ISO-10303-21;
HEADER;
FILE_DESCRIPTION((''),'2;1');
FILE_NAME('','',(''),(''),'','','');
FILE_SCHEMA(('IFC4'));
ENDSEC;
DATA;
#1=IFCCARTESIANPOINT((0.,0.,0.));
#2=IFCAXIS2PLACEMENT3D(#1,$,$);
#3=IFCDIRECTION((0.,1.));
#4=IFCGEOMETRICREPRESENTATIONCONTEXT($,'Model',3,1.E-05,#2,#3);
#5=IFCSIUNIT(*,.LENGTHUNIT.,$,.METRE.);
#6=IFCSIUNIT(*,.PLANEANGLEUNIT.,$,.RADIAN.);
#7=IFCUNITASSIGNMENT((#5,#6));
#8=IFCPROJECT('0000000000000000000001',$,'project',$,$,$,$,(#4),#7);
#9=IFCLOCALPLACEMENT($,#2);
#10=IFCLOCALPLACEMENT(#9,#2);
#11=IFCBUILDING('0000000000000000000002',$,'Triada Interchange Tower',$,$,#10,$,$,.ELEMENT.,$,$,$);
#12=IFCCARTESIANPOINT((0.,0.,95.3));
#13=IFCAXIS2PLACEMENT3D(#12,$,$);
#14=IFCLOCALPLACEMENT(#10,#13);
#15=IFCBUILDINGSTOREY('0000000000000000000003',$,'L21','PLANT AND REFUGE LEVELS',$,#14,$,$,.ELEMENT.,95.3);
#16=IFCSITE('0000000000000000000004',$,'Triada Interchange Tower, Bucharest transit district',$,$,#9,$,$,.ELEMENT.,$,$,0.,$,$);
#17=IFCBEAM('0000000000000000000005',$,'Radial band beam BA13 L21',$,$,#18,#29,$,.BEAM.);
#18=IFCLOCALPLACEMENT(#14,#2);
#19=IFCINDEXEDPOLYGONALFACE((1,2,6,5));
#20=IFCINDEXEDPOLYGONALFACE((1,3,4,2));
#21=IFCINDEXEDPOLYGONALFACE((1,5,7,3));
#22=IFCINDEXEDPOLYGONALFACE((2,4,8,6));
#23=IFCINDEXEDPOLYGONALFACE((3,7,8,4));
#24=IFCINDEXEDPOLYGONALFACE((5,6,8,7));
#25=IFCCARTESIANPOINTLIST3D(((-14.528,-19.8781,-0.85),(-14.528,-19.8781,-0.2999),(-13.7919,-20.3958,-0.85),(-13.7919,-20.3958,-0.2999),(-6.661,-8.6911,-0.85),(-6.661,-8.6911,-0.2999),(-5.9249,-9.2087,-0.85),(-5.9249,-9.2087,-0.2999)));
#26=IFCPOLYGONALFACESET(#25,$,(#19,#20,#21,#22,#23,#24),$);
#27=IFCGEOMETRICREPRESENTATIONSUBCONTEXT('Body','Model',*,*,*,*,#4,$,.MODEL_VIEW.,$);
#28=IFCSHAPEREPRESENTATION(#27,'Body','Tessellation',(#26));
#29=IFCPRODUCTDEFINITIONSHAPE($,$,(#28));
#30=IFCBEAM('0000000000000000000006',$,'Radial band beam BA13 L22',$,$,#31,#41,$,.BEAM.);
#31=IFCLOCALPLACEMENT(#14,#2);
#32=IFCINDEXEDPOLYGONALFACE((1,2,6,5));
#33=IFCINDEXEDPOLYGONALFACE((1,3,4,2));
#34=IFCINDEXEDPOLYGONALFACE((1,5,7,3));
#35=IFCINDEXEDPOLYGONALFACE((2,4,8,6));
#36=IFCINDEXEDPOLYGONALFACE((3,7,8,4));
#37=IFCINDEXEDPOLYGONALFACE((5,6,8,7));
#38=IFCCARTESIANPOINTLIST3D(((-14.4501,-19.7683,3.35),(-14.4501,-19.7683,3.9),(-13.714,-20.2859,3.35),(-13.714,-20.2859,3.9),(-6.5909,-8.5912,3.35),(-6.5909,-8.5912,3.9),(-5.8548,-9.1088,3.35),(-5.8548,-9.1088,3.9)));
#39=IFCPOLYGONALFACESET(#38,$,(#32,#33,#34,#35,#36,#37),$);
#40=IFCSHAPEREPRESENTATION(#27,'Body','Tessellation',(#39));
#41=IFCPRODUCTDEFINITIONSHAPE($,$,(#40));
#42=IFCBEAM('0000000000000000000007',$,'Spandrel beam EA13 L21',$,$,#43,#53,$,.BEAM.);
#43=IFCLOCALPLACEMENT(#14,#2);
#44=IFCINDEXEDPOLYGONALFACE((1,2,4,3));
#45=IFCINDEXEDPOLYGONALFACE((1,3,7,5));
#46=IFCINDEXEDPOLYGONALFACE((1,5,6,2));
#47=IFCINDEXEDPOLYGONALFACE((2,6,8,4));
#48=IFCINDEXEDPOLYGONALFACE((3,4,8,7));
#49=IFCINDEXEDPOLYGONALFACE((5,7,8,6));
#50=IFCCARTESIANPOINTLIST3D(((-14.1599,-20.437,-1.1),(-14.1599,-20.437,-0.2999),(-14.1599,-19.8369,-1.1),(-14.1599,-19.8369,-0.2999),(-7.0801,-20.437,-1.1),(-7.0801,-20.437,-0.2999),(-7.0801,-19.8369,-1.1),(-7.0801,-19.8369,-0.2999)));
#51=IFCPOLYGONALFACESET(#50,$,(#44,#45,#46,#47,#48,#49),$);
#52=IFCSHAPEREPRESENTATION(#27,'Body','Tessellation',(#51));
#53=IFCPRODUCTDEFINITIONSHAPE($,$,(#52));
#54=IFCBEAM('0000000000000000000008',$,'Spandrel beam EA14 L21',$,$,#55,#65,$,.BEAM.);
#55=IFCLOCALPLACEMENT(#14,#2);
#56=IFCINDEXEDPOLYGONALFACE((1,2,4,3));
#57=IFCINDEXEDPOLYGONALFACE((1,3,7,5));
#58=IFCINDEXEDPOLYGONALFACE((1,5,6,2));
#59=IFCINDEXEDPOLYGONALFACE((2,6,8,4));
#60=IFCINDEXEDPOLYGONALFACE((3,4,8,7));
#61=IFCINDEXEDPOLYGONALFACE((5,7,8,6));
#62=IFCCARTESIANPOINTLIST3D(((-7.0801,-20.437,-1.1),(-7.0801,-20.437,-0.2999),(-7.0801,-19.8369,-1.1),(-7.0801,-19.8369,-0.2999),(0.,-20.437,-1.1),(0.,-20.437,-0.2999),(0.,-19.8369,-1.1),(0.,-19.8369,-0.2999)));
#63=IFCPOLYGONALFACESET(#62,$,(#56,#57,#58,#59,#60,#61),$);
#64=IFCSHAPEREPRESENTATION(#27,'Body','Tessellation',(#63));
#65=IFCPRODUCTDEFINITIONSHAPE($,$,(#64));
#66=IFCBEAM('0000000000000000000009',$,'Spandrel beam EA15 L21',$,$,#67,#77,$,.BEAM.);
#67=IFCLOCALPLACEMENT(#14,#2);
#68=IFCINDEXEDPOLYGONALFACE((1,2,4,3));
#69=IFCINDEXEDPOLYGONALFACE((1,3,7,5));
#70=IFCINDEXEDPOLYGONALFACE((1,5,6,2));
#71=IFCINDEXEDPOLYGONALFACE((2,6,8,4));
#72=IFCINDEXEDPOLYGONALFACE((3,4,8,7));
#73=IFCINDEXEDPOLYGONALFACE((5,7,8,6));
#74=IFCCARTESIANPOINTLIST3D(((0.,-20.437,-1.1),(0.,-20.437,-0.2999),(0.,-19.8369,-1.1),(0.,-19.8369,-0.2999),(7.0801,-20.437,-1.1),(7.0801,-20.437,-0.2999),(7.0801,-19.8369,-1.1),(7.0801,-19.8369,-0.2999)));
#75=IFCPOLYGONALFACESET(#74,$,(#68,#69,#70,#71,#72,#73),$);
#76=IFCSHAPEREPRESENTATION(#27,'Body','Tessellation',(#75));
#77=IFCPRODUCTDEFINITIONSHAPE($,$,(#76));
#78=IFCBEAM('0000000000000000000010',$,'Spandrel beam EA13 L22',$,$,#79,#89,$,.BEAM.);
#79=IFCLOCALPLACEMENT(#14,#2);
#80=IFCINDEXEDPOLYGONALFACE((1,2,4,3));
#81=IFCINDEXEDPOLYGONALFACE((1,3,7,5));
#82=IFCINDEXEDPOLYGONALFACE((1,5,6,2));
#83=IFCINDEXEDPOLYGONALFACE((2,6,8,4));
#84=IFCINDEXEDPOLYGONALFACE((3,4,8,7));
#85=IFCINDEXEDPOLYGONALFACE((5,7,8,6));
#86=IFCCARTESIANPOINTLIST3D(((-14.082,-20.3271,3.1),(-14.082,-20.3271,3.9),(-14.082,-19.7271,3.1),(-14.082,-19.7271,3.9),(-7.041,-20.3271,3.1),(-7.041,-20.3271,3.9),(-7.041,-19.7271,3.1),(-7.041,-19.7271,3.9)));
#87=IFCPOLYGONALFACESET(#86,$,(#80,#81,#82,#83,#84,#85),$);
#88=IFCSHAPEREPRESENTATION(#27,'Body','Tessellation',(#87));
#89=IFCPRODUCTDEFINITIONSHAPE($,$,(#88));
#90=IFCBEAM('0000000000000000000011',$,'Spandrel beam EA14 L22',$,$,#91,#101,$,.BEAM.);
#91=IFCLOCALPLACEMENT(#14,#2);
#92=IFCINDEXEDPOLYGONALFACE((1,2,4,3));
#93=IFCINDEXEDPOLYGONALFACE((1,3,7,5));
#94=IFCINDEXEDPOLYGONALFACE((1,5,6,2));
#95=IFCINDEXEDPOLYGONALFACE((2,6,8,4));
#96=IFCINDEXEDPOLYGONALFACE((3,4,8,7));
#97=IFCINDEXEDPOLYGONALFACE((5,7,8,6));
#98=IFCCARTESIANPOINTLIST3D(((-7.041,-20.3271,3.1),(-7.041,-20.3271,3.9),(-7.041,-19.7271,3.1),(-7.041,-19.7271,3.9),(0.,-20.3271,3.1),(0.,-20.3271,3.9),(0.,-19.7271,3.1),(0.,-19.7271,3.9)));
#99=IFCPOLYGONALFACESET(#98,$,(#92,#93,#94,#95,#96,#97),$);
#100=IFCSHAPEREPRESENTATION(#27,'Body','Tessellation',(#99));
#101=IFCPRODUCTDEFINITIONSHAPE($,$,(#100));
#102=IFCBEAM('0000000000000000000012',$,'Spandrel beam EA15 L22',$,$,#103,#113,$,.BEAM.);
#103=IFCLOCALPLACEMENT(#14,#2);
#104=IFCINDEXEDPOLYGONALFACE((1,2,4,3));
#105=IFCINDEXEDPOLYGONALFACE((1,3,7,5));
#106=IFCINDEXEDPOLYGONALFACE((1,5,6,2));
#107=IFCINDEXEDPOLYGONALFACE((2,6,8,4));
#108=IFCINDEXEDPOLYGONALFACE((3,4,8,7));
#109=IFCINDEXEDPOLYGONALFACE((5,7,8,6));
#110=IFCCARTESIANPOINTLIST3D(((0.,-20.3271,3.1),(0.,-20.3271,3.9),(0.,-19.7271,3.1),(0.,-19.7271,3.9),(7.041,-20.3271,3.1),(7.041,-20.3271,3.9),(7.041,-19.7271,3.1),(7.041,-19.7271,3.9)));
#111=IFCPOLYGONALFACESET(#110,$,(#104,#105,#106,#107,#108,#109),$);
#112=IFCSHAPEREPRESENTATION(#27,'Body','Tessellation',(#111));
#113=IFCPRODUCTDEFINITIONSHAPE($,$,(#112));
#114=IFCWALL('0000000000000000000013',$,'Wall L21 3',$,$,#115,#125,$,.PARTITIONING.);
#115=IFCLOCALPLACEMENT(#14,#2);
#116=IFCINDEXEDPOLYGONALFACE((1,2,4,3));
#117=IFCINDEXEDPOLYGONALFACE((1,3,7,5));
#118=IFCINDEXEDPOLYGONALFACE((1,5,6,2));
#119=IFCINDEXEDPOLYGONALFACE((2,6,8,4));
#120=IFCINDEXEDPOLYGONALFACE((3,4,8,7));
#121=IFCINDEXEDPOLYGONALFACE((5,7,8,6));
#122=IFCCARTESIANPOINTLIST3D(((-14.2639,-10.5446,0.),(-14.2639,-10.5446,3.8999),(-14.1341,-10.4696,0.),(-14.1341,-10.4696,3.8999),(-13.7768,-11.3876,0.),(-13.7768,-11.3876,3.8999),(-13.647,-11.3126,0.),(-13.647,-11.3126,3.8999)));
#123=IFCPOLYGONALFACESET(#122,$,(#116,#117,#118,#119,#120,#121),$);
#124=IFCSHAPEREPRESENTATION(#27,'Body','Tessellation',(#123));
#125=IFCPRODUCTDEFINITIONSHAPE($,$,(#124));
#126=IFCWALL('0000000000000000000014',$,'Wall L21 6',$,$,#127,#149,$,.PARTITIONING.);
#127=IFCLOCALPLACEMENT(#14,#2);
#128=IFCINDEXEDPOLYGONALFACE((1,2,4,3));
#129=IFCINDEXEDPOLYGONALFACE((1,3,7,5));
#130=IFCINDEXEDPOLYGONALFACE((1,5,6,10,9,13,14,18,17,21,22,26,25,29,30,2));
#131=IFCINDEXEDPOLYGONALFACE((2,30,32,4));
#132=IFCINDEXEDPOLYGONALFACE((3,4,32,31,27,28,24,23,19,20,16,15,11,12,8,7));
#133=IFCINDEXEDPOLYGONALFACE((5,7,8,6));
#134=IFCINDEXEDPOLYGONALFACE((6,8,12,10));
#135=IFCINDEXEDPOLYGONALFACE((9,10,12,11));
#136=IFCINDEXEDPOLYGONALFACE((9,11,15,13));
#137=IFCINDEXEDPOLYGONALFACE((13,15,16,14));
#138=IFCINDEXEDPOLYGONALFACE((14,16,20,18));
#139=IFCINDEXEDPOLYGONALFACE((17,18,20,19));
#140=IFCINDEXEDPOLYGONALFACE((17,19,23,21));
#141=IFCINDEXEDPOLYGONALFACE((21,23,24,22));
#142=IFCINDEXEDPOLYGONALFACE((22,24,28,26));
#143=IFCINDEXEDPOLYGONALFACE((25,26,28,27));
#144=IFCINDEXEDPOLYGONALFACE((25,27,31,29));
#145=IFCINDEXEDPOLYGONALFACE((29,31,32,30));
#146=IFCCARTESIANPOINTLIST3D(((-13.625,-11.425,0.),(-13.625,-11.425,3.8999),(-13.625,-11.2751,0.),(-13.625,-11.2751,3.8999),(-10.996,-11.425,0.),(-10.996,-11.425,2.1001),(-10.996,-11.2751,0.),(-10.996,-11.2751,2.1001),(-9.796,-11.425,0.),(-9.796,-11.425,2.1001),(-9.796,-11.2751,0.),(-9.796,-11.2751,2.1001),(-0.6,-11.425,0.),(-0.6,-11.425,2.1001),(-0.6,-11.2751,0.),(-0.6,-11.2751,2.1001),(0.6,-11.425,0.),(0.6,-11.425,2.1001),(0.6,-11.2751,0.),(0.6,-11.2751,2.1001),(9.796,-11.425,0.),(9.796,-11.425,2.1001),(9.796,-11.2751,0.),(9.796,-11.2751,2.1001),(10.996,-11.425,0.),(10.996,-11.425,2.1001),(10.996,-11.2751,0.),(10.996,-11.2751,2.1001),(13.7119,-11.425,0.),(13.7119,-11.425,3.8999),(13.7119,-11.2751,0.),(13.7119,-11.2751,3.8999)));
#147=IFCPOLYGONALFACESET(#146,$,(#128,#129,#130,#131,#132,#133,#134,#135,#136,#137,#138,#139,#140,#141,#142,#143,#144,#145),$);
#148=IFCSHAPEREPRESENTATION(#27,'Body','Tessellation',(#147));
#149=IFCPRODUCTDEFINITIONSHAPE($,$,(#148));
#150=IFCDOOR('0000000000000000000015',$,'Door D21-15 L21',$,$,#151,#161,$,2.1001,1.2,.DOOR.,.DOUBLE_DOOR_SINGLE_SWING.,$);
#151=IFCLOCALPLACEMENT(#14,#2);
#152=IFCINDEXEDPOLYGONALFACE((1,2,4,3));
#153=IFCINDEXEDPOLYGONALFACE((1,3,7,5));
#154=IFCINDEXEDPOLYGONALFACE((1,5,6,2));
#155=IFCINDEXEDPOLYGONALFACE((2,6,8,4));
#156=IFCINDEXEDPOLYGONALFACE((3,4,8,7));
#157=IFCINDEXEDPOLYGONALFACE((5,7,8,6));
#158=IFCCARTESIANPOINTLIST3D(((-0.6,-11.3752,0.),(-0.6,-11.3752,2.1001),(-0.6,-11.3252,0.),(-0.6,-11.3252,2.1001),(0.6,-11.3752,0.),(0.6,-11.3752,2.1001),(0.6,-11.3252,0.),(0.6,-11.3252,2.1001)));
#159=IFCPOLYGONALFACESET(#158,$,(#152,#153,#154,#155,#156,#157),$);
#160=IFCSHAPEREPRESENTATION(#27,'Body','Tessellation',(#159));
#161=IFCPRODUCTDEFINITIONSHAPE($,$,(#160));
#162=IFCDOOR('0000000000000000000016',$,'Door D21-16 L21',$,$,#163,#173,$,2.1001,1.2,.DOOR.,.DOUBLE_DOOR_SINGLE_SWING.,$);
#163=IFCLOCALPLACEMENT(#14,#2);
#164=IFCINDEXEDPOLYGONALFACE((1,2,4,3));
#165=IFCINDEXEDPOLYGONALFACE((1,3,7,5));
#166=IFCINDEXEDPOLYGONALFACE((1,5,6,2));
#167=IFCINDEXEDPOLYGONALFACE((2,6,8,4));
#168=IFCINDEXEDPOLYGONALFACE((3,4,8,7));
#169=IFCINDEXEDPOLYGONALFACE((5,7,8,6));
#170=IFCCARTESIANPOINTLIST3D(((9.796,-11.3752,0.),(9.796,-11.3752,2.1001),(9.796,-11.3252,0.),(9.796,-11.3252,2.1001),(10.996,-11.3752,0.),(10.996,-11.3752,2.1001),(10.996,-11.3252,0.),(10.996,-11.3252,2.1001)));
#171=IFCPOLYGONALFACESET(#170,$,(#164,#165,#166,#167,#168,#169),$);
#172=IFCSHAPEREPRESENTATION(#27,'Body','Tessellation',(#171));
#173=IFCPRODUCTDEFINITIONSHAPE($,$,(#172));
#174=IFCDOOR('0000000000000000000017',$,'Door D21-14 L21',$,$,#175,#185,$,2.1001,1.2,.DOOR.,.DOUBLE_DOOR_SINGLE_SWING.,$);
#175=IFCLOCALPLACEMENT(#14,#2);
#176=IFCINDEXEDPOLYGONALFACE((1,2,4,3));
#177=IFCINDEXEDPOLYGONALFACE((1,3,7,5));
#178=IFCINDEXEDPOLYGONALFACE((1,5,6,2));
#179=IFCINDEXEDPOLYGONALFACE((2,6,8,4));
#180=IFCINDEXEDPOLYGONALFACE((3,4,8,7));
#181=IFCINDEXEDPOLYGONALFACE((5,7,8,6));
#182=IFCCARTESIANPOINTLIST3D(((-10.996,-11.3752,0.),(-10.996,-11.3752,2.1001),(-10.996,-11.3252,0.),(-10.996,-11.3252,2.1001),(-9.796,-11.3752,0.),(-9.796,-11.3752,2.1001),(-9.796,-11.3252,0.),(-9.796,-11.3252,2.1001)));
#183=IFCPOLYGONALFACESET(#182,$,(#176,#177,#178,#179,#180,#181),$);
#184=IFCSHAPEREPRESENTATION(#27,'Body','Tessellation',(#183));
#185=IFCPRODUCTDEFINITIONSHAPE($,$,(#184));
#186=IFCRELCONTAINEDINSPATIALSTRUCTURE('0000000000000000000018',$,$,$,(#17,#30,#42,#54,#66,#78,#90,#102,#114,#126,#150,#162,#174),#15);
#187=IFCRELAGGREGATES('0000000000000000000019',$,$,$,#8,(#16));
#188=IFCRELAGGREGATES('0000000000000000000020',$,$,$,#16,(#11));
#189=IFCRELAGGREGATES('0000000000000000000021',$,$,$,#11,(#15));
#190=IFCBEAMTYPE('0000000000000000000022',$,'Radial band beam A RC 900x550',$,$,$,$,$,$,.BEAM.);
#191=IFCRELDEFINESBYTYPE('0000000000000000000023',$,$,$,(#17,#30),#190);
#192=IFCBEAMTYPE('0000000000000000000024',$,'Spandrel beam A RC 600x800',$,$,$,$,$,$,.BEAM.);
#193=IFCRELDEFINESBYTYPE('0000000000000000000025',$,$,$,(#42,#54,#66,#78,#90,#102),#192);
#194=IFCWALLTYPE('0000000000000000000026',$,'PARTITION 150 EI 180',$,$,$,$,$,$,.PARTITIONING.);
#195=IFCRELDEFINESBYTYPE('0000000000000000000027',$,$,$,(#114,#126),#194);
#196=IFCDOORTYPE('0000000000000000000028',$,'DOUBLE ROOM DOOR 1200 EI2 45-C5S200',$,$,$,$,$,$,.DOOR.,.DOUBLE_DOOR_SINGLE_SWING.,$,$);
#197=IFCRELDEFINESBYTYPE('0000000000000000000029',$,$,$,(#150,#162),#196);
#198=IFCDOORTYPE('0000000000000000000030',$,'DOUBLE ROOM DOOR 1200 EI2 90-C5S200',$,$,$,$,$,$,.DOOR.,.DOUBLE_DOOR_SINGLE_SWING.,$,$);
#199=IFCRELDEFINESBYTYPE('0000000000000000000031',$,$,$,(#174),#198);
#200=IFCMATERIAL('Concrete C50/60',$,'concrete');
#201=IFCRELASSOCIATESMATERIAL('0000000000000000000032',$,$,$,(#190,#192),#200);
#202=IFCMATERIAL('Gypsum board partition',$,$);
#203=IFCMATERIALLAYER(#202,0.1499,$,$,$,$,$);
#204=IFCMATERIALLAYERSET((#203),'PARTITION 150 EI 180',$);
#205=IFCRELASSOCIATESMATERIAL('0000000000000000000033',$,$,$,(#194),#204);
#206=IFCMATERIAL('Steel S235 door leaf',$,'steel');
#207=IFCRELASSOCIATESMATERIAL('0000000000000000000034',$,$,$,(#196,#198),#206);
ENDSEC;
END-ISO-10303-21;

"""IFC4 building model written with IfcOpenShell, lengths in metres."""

from ifc_helpers import new_model, si_unit, direction, frame, frame_2d, origin, origin_2d, place, context, subcontext, project, spatial, rectangle, extrude, material, layer, layer_set, material_profile, profile_set, type_object, element, fill, save


model = new_model("IFC4")

# Units and contexts
model_context = context("Model", 3, precision=1e-05, world=origin(), true_north=direction((0.0, 1.0)))
body_context = subcontext(model_context, "Body", "Model", "MODEL_VIEW")
ifc_project = project(units=[si_unit("LENGTHUNIT", "METRE"), si_unit("PLANEANGLEUNIT", "RADIAN")], contexts=[model_context])

# Site, building, storey
site_placement = place(None, origin())
site = spatial("IfcSite", under=ifc_project, at=site_placement, Name="Triada Interchange Tower, Bucharest transit district", CompositionType="ELEMENT", RefElevation=0.0)
building_placement = place(site_placement, origin())
building = spatial("IfcBuilding", under=site, at=building_placement, Name="Triada Interchange Tower", CompositionType="ELEMENT")
storey_placement = place(building_placement, frame((0.0, 0.0, 95.3)))
storey = spatial("IfcBuildingStorey", under=building, at=storey_placement, Name="L21", Description="PLANT AND REFUGE LEVELS", CompositionType="ELEMENT", Elevation=95.3)

# Beams
ifc_material_1 = material(Name="Concrete C50/60", Category="concrete")
ifc_material_profile_1 = material_profile(ifc_material_1, rectangle(XDim=0.8999, YDim=0.55, at=origin_2d()), Name="RC 900x550")
ifc_profile_set_1 = profile_set([ifc_material_profile_1], Name="Concrete C50/60")
beam_type_1 = type_object("IfcBeamType", Name="Radial band beam A RC 900x550", PredefinedType="BEAM", material=ifc_profile_set_1)
beam_1_placement = place(storey_placement, frame((-14.1599, -20.137, -0.575), z_axis=(0.575229, 0.817992, 0.0), x_axis=(-0.817992, 0.575229, 0.0)))
element("IfcBeam", 1, at=beam_1_placement, inside=storey, type_object=beam_type_1, Name="Radial band beam BA13 L21", PredefinedType="BEAM", context=body_context, shape_type="SweptSolid", body=[
    extrude(rectangle(XDim=0.8999, YDim=0.55, at=origin_2d()), origin(), (0.0, 0.0, 1.0), 13.6763),
])
beam_2_placement = place(storey_placement, frame((-14.082, -20.0271, 3.625), z_axis=(0.575192, 0.818019, 0.0), x_axis=(-0.818019, 0.575192, 0.0)))
element("IfcBeam", 2, at=beam_2_placement, inside=storey, type_object=beam_type_1, Name="Radial band beam BA13 L22", PredefinedType="BEAM", context=body_context, shape_type="SweptSolid", body=[
    extrude(rectangle(XDim=0.8999, YDim=0.55, at=origin_2d()), origin(), (0.0, 0.0, 1.0), 13.6636),
])
ifc_material_profile_2 = material_profile(ifc_material_1, rectangle(XDim=0.6001, YDim=0.8, at=origin_2d()), Name="RC 600x800")
ifc_profile_set_2 = profile_set([ifc_material_profile_2], Name="Concrete C50/60")
beam_type_2 = type_object("IfcBeamType", Name="Spandrel beam A RC 600x800", PredefinedType="BEAM", material=ifc_profile_set_2)
beam_3_placement = place(storey_placement, frame((-14.1599, -20.137, -0.7), z_axis=(1.0, 0.0, 0.0), x_axis=(0.0, 1.0, 0.0)))
element("IfcBeam", 3, at=beam_3_placement, inside=storey, type_object=beam_type_2, Name="Spandrel beam EA13 L21", PredefinedType="BEAM", context=body_context, shape_type="SweptSolid", body=[
    extrude(rectangle(XDim=0.6001, YDim=0.8, at=origin_2d()), origin(), (0.0, 0.0, 1.0), 7.0798),
])
for number, where, z_axis, x_axis, name in (
    (4, (-7.0801, -20.137, -0.7), (1.0, 0.0, 0.0), (0.0, 1.0, 0.0), "Spandrel beam EA14 L21"),
    (5, (0.0, -20.137, -0.7), (1.0, 0.0, 0.0), (0.0, 1.0, 0.0), "Spandrel beam EA15 L21"),
):
    element("IfcBeam", number, at=place(storey_placement, frame(where, z_axis=z_axis, x_axis=x_axis)), inside=storey, type_object=beam_type_2, Name=name, PredefinedType="BEAM", context=body_context, shape_type="SweptSolid", body=[
        extrude(rectangle(XDim=0.6001, YDim=0.8, at=origin_2d()), origin(), (0.0, 0.0, 1.0), 7.0801),
    ])
for number, where, z_axis, x_axis, name in (
    (6, (-14.082, -20.0271, 3.5), (1.0, 0.0, 0.0), (0.0, 1.0, 0.0), "Spandrel beam EA13 L22"),
    (7, (-7.041, -20.0271, 3.5), (1.0, 0.0, 0.0), (0.0, 1.0, 0.0), "Spandrel beam EA14 L22"),
    (8, (0.0, -20.0271, 3.5), (1.0, 0.0, 0.0), (0.0, 1.0, 0.0), "Spandrel beam EA15 L22"),
):
    element("IfcBeam", number, at=place(storey_placement, frame(where, z_axis=z_axis, x_axis=x_axis)), inside=storey, type_object=beam_type_2, Name=name, PredefinedType="BEAM", context=body_context, shape_type="SweptSolid", body=[
        extrude(rectangle(XDim=0.6001, YDim=0.8, at=origin_2d()), origin(), (0.0, 0.0, 1.0), 7.041),
    ])

# Wall
ifc_material_2 = material(Name="Gypsum board partition")
ifc_layer_1 = layer(ifc_material_2, 0.1499)
ifc_layer_set_1 = layer_set([ifc_layer_1], Name="PARTITION 150 EI 180")
wall_type = type_object("IfcWallType", Name="PARTITION 150 EI 180", PredefinedType="PARTITIONING", material=ifc_layer_set_1)
wall_1_placement = place(storey_placement, frame((-14.199, -10.5071, 0.0), z_axis=(0.0, 0.0, 1.0), x_axis=(0.500265, -0.865872, 0.0)))
element("IfcWall", 9, at=wall_1_placement, inside=storey, type_object=wall_type, Name="Wall L21 3", PredefinedType="PARTITIONING", context=body_context, shape_type="SweptSolid", body=[
    extrude(rectangle(XDim=0.9736, YDim=0.1499, at=frame_2d((0.4868, 0.0))), origin(), (0.0, 0.0, 1.0), 3.8999),
])

# Wall, openings, doors
wall_2_placement = place(storey_placement, frame((-13.625, -11.3501, 0.0), z_axis=(0.0, 0.0, 1.0), x_axis=(1.0, 0.0, 0.0)))
wall_2 = element("IfcWall", 10, at=wall_2_placement, inside=storey, type_object=wall_type, Name="Wall L21 6", PredefinedType="PARTITIONING", context=body_context, shape_type="SweptSolid", body=[
    extrude(rectangle(XDim=27.3369, YDim=0.1499, at=frame_2d((13.6685, 0.0))), origin(), (0.0, 0.0, 1.0), 3.8999),
])
opening_1_placement = place(wall_2_placement, frame((2.6289, 0.0, 0.0)))
opening_1 = element("IfcOpeningElement", 11, at=opening_1_placement, cuts=wall_2, PredefinedType="OPENING", context=body_context, shape_type="SweptSolid", body=[
    extrude(rectangle(XDim=1.2, YDim=2.1001, at=frame_2d((0.6001, 1.05))), frame((0.0, 0.085, 0.0), z_axis=(0.0, -1.0, 0.0), x_axis=(1.0, 0.0, 0.0)), (0.0, 0.0, 1.0), 0.1699),
])
opening_2_placement = place(wall_2_placement, frame((13.0249, 0.0, 0.0)))
opening_2 = element("IfcOpeningElement", 12, at=opening_2_placement, cuts=wall_2, PredefinedType="OPENING", context=body_context, shape_type="SweptSolid", body=[
    extrude(rectangle(XDim=1.2, YDim=2.1001, at=frame_2d((0.6001, 1.05))), frame((0.0, 0.085, 0.0), z_axis=(0.0, -1.0, 0.0), x_axis=(1.0, 0.0, 0.0)), (0.0, 0.0, 1.0), 0.1699),
])
opening_3_placement = place(wall_2_placement, frame((23.4209, 0.0, 0.0)))
opening_3 = element("IfcOpeningElement", 13, at=opening_3_placement, cuts=wall_2, PredefinedType="OPENING", context=body_context, shape_type="SweptSolid", body=[
    extrude(rectangle(XDim=1.2, YDim=2.1001, at=frame_2d((0.6001, 1.05))), frame((0.0, 0.085, 0.0), z_axis=(0.0, -1.0, 0.0), x_axis=(1.0, 0.0, 0.0)), (0.0, 0.0, 1.0), 0.1699),
])
ifc_material_3 = material(Name="Steel S235 door leaf", Category="steel")
door_type_1 = type_object("IfcDoorType", Name="DOUBLE ROOM DOOR 1200 EI2 45-C5S200", OperationType="DOUBLE_DOOR_SINGLE_SWING", PredefinedType="DOOR", material=ifc_material_3)
door_1_placement = place(opening_2_placement, origin())
door_1 = element("IfcDoor", 14, at=door_1_placement, inside=storey, type_object=door_type_1, Name="Door D21-15 L21", OperationType="DOUBLE_DOOR_SINGLE_SWING", OverallHeight=2.1001, OverallWidth=1.2, PredefinedType="DOOR", context=body_context, shape_type="SweptSolid", body=[
    extrude(rectangle(XDim=1.2, YDim=2.1001, at=frame_2d((0.6001, 1.05))), frame((0.0, 0.0249, 0.0), z_axis=(0.0, -1.0, 0.0), x_axis=(1.0, 0.0, 0.0)), (0.0, 0.0, 1.0), 0.05),
])
fill(opening_2, door_1)
door_2_placement = place(opening_3_placement, origin())
door_2 = element("IfcDoor", 15, at=door_2_placement, inside=storey, type_object=door_type_1, Name="Door D21-16 L21", OperationType="DOUBLE_DOOR_SINGLE_SWING", OverallHeight=2.1001, OverallWidth=1.2, PredefinedType="DOOR", context=body_context, shape_type="SweptSolid", body=[
    extrude(rectangle(XDim=1.2, YDim=2.1001, at=frame_2d((0.6001, 1.05))), frame((0.0, 0.0249, 0.0), z_axis=(0.0, -1.0, 0.0), x_axis=(1.0, 0.0, 0.0)), (0.0, 0.0, 1.0), 0.05),
])
fill(opening_3, door_2)
door_type_2 = type_object("IfcDoorType", Name="DOUBLE ROOM DOOR 1200 EI2 90-C5S200", OperationType="DOUBLE_DOOR_SINGLE_SWING", PredefinedType="DOOR", material=ifc_material_3)
door_3_placement = place(opening_1_placement, origin())
door_3 = element("IfcDoor", 16, at=door_3_placement, inside=storey, type_object=door_type_2, Name="Door D21-14 L21", OperationType="DOUBLE_DOOR_SINGLE_SWING", OverallHeight=2.1001, OverallWidth=1.2, PredefinedType="DOOR", context=body_context, shape_type="SweptSolid", body=[
    extrude(rectangle(XDim=1.2, YDim=2.1001, at=frame_2d((0.6001, 1.05))), frame((0.0, 0.0249, 0.0), z_axis=(0.0, -1.0, 0.0), x_axis=(1.0, 0.0, 0.0)), (0.0, 0.0, 1.0), 0.05),
])
fill(opening_1, door_3)

save(model, "model.ifc")
